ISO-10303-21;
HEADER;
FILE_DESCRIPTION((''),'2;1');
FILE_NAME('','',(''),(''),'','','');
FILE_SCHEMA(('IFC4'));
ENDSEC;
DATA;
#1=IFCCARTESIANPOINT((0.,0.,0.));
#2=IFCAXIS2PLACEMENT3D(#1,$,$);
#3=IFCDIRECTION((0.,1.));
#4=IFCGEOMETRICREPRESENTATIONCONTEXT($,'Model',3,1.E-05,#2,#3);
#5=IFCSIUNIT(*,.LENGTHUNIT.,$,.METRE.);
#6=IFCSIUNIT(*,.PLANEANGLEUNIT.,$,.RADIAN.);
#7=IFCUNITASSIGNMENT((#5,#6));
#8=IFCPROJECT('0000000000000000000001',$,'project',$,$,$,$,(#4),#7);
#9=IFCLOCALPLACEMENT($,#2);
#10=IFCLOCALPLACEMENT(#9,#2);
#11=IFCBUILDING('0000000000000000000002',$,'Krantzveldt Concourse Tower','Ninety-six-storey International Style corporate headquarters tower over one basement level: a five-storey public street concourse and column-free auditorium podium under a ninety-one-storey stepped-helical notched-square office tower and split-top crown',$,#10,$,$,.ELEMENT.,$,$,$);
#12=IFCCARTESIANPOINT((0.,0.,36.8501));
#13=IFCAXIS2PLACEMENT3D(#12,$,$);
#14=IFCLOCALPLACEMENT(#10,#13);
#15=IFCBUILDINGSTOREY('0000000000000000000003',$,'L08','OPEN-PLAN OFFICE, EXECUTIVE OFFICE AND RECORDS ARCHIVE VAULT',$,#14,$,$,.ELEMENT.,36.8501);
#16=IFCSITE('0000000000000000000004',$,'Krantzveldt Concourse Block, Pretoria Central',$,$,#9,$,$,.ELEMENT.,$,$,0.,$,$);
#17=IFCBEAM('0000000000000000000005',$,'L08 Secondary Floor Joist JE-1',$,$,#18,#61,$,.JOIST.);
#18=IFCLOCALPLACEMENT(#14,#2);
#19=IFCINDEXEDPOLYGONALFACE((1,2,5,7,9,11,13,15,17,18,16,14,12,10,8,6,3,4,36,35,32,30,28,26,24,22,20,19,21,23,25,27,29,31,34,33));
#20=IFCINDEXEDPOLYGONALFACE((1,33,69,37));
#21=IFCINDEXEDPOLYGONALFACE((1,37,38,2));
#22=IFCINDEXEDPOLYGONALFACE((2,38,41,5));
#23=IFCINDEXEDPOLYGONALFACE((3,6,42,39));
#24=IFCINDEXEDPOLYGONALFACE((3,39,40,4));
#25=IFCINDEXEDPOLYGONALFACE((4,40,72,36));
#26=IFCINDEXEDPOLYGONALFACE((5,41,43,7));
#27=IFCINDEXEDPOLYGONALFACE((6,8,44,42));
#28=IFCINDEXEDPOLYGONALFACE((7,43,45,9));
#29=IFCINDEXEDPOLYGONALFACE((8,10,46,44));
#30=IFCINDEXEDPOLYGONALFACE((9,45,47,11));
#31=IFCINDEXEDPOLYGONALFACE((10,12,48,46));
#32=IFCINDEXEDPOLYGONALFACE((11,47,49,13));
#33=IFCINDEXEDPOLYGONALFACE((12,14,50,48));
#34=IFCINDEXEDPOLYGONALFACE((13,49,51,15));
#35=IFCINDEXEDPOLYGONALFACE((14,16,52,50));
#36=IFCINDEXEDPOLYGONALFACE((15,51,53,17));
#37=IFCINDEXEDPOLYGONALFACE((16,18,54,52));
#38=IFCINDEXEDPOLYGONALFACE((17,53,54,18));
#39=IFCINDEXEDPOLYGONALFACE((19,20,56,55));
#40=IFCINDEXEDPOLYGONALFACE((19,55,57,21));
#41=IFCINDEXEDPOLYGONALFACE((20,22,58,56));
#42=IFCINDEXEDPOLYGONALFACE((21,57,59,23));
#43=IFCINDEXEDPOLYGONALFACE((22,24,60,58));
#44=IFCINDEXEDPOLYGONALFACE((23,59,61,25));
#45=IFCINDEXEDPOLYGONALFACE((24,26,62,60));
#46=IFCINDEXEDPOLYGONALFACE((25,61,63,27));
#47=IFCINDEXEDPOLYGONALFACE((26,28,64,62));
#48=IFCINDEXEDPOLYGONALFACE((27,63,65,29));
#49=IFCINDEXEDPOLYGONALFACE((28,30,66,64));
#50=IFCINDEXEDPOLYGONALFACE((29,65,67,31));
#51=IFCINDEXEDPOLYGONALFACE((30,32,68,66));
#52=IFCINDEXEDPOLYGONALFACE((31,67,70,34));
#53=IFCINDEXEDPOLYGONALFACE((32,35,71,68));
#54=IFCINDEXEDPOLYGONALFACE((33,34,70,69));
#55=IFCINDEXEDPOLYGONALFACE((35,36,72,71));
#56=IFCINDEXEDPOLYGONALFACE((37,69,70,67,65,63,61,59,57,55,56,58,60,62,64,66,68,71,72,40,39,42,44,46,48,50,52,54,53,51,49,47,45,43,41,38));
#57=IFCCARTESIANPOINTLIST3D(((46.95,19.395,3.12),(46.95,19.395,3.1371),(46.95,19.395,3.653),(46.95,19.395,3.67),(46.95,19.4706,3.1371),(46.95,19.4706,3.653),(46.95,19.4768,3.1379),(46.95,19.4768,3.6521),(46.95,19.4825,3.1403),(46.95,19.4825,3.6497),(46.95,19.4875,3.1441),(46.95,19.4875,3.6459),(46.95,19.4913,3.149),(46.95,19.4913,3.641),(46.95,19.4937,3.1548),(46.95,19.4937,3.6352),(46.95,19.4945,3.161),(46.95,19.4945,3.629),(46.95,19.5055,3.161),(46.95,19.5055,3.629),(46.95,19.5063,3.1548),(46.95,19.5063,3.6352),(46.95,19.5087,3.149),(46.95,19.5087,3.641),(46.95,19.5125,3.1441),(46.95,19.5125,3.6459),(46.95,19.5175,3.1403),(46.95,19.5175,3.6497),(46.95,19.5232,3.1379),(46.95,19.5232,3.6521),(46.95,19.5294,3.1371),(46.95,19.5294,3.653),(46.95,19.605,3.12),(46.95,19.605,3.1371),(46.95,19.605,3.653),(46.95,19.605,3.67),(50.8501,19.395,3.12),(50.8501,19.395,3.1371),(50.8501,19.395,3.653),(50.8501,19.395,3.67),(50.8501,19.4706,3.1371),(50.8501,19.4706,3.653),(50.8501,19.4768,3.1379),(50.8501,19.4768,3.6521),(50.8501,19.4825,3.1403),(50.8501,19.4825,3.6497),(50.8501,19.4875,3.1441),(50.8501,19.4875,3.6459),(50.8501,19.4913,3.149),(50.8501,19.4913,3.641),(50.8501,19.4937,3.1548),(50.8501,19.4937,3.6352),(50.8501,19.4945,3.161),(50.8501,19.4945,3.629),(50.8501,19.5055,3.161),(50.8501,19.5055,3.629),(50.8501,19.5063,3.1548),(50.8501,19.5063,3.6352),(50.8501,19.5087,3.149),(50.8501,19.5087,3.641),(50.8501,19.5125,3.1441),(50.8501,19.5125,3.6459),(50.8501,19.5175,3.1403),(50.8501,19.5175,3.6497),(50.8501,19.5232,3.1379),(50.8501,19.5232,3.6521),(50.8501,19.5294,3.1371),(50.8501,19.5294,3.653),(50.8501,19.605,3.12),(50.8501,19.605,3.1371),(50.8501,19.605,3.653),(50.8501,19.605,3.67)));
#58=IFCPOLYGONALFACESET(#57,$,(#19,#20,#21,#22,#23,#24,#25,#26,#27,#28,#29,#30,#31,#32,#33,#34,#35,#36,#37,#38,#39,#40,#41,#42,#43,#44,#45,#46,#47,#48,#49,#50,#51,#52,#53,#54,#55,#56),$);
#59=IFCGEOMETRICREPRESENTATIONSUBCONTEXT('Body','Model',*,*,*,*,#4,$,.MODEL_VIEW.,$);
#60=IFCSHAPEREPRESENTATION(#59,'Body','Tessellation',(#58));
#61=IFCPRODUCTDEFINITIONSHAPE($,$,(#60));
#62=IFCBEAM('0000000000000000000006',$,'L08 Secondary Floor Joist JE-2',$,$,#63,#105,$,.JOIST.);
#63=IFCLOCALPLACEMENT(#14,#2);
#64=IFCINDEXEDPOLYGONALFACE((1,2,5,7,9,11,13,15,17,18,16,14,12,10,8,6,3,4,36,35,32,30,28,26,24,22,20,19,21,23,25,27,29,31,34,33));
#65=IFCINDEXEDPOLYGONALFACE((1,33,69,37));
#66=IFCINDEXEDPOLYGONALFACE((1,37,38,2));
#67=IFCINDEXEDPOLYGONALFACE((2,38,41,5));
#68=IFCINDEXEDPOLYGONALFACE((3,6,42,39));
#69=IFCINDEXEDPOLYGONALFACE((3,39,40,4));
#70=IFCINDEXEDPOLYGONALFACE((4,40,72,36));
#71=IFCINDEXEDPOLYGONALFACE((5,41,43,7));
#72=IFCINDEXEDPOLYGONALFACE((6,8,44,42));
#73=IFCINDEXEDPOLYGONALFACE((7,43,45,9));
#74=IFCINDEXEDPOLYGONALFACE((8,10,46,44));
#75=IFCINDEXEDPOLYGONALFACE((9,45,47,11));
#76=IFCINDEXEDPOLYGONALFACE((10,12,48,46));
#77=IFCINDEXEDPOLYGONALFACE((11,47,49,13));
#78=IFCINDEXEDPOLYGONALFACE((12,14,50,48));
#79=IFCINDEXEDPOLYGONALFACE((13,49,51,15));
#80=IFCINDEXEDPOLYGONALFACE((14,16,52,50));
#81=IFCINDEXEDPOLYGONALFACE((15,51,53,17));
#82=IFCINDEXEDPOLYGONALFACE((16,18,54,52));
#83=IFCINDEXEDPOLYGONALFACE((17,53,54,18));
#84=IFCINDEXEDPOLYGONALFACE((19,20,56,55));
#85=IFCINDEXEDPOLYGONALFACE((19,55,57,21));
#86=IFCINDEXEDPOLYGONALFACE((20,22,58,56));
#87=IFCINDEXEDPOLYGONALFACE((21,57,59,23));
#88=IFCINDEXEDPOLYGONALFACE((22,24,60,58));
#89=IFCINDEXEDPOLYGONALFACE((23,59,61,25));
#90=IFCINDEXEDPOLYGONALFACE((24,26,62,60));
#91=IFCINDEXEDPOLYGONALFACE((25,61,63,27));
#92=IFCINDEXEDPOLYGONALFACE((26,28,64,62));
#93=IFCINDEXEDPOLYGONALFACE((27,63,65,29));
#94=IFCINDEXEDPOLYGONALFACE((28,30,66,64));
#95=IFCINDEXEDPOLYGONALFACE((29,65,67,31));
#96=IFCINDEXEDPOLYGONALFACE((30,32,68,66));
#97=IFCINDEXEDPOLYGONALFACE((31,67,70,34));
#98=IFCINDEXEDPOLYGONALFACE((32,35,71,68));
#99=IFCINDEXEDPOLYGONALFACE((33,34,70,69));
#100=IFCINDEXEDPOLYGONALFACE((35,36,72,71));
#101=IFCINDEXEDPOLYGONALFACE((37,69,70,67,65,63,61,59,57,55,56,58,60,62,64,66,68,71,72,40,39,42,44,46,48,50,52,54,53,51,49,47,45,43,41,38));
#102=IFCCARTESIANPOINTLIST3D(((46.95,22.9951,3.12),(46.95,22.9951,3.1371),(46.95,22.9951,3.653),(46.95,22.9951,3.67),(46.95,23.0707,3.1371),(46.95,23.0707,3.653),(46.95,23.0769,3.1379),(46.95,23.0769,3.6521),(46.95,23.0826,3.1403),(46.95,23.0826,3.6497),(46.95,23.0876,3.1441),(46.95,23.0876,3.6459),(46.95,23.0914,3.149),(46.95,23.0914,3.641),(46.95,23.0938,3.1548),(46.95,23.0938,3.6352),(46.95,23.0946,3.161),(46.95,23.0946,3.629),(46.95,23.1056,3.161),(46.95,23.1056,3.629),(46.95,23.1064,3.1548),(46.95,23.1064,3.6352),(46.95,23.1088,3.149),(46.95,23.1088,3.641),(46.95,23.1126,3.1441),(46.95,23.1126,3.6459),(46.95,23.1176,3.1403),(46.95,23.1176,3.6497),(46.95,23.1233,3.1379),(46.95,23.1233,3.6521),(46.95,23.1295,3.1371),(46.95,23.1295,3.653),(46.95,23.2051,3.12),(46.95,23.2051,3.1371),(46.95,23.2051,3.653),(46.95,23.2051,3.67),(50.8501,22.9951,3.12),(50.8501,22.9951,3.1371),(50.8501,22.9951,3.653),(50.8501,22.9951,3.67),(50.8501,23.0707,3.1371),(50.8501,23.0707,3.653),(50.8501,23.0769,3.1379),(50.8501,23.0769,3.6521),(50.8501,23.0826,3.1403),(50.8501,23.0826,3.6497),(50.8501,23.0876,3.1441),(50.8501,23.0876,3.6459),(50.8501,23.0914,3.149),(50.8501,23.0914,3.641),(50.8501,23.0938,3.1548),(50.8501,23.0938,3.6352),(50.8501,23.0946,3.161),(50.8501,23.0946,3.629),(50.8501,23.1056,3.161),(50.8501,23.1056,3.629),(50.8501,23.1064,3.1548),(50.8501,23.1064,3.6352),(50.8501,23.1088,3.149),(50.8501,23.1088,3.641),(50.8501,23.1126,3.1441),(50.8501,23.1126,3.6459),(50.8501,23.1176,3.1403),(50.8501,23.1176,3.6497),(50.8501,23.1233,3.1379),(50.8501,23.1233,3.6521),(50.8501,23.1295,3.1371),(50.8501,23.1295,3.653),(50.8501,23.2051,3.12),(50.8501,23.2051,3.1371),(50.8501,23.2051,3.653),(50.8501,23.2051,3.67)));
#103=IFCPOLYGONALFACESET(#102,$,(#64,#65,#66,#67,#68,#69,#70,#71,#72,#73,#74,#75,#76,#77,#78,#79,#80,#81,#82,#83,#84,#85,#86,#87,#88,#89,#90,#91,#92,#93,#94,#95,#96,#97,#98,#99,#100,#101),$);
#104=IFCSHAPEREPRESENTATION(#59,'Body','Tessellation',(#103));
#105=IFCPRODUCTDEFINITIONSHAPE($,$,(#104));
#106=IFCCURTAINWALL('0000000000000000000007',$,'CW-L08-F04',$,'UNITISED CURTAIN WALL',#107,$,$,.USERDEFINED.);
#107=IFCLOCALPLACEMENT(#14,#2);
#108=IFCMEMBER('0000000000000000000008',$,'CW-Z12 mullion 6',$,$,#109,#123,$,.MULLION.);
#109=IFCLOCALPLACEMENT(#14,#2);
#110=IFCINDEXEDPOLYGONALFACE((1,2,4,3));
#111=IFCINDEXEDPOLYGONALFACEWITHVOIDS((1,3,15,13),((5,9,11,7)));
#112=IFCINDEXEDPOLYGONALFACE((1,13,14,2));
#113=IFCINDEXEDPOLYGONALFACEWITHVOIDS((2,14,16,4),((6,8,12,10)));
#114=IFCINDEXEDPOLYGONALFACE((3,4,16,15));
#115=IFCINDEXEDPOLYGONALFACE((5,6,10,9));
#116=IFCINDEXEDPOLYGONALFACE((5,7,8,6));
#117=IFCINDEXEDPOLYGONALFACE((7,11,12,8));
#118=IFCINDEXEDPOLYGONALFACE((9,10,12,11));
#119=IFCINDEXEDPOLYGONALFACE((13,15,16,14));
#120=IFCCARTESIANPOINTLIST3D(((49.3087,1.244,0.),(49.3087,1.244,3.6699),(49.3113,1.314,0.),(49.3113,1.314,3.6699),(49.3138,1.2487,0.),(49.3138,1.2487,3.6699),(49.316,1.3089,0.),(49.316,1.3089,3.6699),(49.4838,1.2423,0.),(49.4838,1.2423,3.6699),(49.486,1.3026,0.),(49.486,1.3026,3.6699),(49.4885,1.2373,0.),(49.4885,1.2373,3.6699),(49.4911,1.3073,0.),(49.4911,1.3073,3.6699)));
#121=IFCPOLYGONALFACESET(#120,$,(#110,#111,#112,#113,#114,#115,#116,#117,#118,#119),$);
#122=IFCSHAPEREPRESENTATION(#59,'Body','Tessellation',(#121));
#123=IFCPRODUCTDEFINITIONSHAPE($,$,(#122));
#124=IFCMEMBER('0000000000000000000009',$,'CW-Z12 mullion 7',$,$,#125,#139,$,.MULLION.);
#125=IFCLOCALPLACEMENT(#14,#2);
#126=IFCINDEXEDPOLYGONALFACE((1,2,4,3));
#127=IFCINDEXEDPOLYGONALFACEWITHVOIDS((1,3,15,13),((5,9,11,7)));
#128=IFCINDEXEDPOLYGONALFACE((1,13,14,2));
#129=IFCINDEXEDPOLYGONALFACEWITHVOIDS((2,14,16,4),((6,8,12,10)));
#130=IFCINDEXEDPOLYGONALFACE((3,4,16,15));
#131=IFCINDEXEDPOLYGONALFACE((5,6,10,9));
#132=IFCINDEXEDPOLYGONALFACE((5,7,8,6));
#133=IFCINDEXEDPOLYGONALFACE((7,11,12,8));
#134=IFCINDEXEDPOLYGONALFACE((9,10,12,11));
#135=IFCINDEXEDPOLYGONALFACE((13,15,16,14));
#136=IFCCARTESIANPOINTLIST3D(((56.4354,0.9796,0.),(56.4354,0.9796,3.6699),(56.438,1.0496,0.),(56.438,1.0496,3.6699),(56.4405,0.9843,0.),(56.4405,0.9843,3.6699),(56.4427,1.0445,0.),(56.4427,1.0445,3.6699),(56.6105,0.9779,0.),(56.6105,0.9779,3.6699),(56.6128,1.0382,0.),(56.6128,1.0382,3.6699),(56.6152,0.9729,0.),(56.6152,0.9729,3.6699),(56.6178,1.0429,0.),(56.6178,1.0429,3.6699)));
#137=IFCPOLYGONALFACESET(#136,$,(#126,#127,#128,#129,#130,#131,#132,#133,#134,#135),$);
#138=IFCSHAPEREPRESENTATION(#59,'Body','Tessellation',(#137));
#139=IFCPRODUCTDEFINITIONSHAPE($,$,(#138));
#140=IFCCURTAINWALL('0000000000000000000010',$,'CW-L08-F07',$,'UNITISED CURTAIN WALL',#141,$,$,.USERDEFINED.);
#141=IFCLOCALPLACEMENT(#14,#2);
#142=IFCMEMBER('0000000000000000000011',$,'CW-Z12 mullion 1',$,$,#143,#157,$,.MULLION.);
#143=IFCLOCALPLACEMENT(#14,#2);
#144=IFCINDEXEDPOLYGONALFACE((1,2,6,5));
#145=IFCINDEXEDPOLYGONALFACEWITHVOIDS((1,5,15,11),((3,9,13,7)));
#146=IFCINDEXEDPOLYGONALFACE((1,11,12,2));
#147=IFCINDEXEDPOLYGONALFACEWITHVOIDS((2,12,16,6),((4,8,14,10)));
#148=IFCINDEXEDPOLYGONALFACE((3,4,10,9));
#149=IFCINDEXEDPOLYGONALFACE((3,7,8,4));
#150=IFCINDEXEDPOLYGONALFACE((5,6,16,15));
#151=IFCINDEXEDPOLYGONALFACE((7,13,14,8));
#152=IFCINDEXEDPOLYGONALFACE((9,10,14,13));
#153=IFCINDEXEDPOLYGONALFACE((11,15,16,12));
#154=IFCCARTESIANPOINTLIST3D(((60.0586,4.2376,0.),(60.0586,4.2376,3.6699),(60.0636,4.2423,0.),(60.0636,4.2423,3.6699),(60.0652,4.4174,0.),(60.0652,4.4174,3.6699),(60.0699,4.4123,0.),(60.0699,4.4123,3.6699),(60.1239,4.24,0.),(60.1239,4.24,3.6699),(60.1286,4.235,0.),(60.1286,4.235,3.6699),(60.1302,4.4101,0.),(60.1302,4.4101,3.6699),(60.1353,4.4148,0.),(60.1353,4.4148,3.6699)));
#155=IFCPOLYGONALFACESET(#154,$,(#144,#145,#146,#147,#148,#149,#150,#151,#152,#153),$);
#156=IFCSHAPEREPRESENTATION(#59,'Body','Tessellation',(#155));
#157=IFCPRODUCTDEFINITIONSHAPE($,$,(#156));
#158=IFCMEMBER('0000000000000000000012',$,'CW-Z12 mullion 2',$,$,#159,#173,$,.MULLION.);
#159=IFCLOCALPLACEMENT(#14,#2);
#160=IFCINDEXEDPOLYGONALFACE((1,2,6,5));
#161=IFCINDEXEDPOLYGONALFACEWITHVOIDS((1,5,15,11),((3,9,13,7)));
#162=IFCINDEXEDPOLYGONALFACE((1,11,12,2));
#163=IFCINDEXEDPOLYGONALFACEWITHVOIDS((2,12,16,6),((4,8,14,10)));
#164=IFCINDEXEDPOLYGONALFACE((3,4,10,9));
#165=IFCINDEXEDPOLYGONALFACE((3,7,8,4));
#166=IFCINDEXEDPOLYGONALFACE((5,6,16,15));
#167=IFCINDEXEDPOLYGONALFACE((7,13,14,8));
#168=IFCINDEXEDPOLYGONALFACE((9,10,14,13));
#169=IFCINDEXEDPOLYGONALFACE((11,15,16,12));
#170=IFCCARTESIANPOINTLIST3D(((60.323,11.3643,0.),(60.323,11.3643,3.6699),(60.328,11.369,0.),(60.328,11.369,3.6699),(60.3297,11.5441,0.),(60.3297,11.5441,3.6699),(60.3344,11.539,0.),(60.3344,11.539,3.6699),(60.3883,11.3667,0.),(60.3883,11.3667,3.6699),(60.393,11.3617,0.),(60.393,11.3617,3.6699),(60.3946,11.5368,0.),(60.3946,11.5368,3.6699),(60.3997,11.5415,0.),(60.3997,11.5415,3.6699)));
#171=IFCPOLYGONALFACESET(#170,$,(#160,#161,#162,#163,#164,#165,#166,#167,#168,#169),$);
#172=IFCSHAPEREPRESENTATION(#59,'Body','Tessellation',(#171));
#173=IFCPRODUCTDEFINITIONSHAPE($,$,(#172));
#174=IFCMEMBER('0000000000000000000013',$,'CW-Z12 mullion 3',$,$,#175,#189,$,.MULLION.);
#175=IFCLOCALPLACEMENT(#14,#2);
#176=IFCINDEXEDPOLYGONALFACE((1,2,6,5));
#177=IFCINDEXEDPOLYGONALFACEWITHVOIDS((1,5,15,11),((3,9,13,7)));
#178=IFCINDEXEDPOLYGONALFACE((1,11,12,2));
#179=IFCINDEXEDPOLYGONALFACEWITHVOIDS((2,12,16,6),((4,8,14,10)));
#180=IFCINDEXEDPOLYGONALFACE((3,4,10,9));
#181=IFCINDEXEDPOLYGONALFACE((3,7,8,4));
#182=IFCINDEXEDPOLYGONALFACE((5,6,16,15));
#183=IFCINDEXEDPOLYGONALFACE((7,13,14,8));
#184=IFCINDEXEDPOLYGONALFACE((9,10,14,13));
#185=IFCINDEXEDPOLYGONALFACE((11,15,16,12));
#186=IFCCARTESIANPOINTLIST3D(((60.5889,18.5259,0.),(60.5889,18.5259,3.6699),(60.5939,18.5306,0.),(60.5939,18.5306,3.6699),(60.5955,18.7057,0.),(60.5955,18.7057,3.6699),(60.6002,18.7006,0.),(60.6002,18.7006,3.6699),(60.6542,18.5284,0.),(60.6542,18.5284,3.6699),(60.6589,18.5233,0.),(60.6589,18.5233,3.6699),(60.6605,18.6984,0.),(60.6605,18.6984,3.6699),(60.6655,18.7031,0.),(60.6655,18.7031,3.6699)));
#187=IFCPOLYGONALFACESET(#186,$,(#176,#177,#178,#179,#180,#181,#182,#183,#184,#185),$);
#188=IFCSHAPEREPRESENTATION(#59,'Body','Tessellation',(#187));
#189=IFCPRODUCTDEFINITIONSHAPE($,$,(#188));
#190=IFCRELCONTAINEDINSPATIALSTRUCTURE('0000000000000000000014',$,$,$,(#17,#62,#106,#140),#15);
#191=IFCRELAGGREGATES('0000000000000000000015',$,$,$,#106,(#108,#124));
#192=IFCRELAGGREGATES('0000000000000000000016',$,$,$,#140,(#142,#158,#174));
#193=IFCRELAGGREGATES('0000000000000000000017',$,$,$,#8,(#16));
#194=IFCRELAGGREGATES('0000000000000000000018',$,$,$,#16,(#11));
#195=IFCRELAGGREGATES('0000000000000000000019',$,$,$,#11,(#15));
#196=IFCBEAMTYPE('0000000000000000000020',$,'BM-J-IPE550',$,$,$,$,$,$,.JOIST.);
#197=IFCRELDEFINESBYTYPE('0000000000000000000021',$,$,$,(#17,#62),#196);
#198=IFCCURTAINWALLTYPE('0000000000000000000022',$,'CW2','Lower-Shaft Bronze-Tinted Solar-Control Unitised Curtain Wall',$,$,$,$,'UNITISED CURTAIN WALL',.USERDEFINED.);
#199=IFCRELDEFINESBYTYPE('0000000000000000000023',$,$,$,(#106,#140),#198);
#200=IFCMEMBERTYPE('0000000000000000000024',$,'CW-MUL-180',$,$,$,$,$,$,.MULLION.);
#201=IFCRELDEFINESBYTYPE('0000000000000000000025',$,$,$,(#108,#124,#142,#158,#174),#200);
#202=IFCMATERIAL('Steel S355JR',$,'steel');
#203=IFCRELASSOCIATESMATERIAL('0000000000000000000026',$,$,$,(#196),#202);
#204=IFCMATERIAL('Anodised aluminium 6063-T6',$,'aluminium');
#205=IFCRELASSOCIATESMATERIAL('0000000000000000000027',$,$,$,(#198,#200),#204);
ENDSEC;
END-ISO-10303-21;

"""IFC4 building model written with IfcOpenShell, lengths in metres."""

from ifc_helpers import new_model, si_unit, direction, frame, origin, origin_2d, place, context, subcontext, project, spatial, hollow_rectangle, i_section, extrude, source, transform, mapped, material, material_profile, profile_set, type_object, type_shapes, element, aggregate, save


model = new_model("IFC4")

# Units and contexts
model_context = context("Model", 3, precision=1e-05, world=origin(), true_north=direction((0.0, 1.0)))
body_context = subcontext(model_context, "Body", "Model", "MODEL_VIEW")
ifc_project = project(units=[si_unit("LENGTHUNIT", "METRE"), si_unit("PLANEANGLEUNIT", "RADIAN")], contexts=[model_context])

# Site, building, storey
site_placement = place(None, origin())
site = spatial("IfcSite", under=ifc_project, at=site_placement, Name="Krantzveldt Concourse Block, Pretoria Central", CompositionType="ELEMENT", RefElevation=0.0)
building_placement = place(site_placement, origin())
building = spatial("IfcBuilding", under=site, at=building_placement, Name="Krantzveldt Concourse Tower", Description="Ninety-six-storey International Style corporate headquarters tower over one basement level: a five-storey public street concourse and column-free auditorium podium under a ninety-one-storey stepped-helical notched-square office tower and split-top crown", CompositionType="ELEMENT")
storey_placement = place(building_placement, frame((0.0, 0.0, 36.8501)))
storey = spatial("IfcBuildingStorey", under=building, at=storey_placement, Name="L08", Description="OPEN-PLAN OFFICE, EXECUTIVE OFFICE AND RECORDS ARCHIVE VAULT", CompositionType="ELEMENT", Elevation=36.8501)

# Beams
ifc_material_1 = material(Name="Steel S355JR", Category="steel")
ifc_material_profile_1 = material_profile(ifc_material_1, i_section(OverallWidth=0.21, OverallDepth=0.55, WebThickness=0.011, FlangeThickness=0.0171, FilletRadius=0.0239, at=origin_2d()), Name="Steel S355JR", Category="steel")
ifc_profile_set_1 = profile_set([ifc_material_profile_1], Name="Steel S355JR - IPE 550")
beam_type_1 = type_object("IfcBeamType", Name="BM-J-IPE550", PredefinedType="JOIST", material=ifc_profile_set_1)
shared_shape_1 = source(origin(), body_context, "Body", "SweptSolid", [
    extrude(i_section(OverallWidth=0.21, OverallDepth=0.55, WebThickness=0.011, FlangeThickness=0.0171, FilletRadius=0.0239, at=origin_2d()), origin(), (0.0, 0.0, 1.0), 3.9001),
])
type_shapes(beam_type_1, [shared_shape_1])
for number, where, z_axis, x_axis, name in (
    (1, (46.95, 19.5, 3.395), (1.0, 0.0, 0.0), (0.0, 1.0, 0.0), "L08 Secondary Floor Joist JE-1"),
    (2, (46.95, 23.1001, 3.395), (1.0, 0.0, 0.0), (0.0, 1.0, 0.0), "L08 Secondary Floor Joist JE-2"),
):
    element("IfcBeam", number, at=place(storey_placement, frame(where, z_axis=z_axis, x_axis=x_axis)), inside=storey, type_object=beam_type_1, Name=name, PredefinedType="JOIST", context=body_context, shape_type="MappedRepresentation", body=[
        mapped(shared_shape_1, transform((0.0, 0.0, 0.0), x_axis=(1.0, 0.0, 0.0), y_axis=(0.0, 1.0, 0.0), z_axis=(0.0, 0.0, 1.0), scale=1.0)),
    ])

# Curtain walls, members
ifc_material_2 = material(Name="Anodised aluminium 6063-T6", Category="aluminium")
curtain_wall_type = type_object("IfcCurtainWallType", Name="CW2", Description="Lower-Shaft Bronze-Tinted Solar-Control Unitised Curtain Wall", ElementType="UNITISED CURTAIN WALL", PredefinedType="USERDEFINED", material=ifc_material_2)
curtain_wall_1_placement = place(storey_placement, origin())
curtain_wall_1 = element("IfcCurtainWall", 3, at=curtain_wall_1_placement, inside=storey, type_object=curtain_wall_type, Name="CW-L08-F04", ObjectType="UNITISED CURTAIN WALL", PredefinedType="USERDEFINED")
ifc_material_profile_2 = material_profile(ifc_material_2, hollow_rectangle(XDim=0.0701, YDim=0.1799, WallThickness=0.0049, at=origin_2d()), Name="Anodised aluminium 6063-T6", Category="aluminium")
ifc_profile_set_2 = profile_set([ifc_material_profile_2], Name="Anodised aluminium 6063-T6 - ALU-MULL 180x70x5")
member_type_1 = type_object("IfcMemberType", Name="CW-MUL-180", PredefinedType="MULLION", material=ifc_profile_set_2)
shared_shape_2 = source(origin(), body_context, "Body", "SweptSolid", [
    extrude(hollow_rectangle(XDim=0.0701, YDim=0.1799, WallThickness=0.0049, at=origin_2d()), origin(), (0.0, 0.0, 1.0), 3.6699),
])
type_shapes(member_type_1, [shared_shape_2])
member_1_placement = place(storey_placement, frame((49.3999, 1.2756, 0.0), z_axis=(0.0, 0.0, 1.0), x_axis=(0.03708, 0.999312, 0.0)))
member_1 = element("IfcMember", 4, at=member_1_placement, type_object=member_type_1, Name="CW-Z12 mullion 6", PredefinedType="MULLION", context=body_context, shape_type="MappedRepresentation", body=[
    mapped(shared_shape_2, transform((0.0, 0.0, 0.0), x_axis=(1.0, 0.0, 0.0), y_axis=(0.0, 1.0, 0.0), z_axis=(0.0, 0.0, 1.0), scale=1.0)),
])
member_2_placement = place(storey_placement, frame((56.5266, 1.0112, 0.0), z_axis=(0.0, 0.0, 1.0), x_axis=(0.03708, 0.999312, 0.0)))
member_2 = element("IfcMember", 5, at=member_2_placement, type_object=member_type_1, Name="CW-Z12 mullion 7", PredefinedType="MULLION", context=body_context, shape_type="MappedRepresentation", body=[
    mapped(shared_shape_2, transform((0.0, 0.0, 0.0), x_axis=(1.0, 0.0, 0.0), y_axis=(0.0, 1.0, 0.0), z_axis=(0.0, 0.0, 1.0), scale=1.0)),
])
curtain_wall_2_placement = place(storey_placement, origin())
curtain_wall_2 = element("IfcCurtainWall", 6, at=curtain_wall_2_placement, inside=storey, type_object=curtain_wall_type, Name="CW-L08-F07", ObjectType="UNITISED CURTAIN WALL", PredefinedType="USERDEFINED")
member_3_placement = place(storey_placement, frame((60.0969, 4.3262, 0.0), z_axis=(0.0, 0.0, 1.0), x_axis=(-0.999312, 0.03708, 0.0)))
member_3 = element("IfcMember", 7, at=member_3_placement, type_object=member_type_1, Name="CW-Z12 mullion 1", PredefinedType="MULLION", context=body_context, shape_type="MappedRepresentation", body=[
    mapped(shared_shape_2, transform((0.0, 0.0, 0.0), x_axis=(1.0, 0.0, 0.0), y_axis=(0.0, 1.0, 0.0), z_axis=(0.0, 0.0, 1.0), scale=1.0)),
])
member_4_placement = place(storey_placement, frame((60.3613, 11.4529, 0.0), z_axis=(0.0, 0.0, 1.0), x_axis=(-0.999312, 0.03708, 0.0)))
member_4 = element("IfcMember", 8, at=member_4_placement, type_object=member_type_1, Name="CW-Z12 mullion 2", PredefinedType="MULLION", context=body_context, shape_type="MappedRepresentation", body=[
    mapped(shared_shape_2, transform((0.0, 0.0, 0.0), x_axis=(1.0, 0.0, 0.0), y_axis=(0.0, 1.0, 0.0), z_axis=(0.0, 0.0, 1.0), scale=1.0)),
])
member_5_placement = place(storey_placement, frame((60.6272, 18.6145, 0.0), z_axis=(0.0, 0.0, 1.0), x_axis=(-0.999312, 0.03708, 0.0)))
member_5 = element("IfcMember", 9, at=member_5_placement, type_object=member_type_1, Name="CW-Z12 mullion 3", PredefinedType="MULLION", context=body_context, shape_type="MappedRepresentation", body=[
    mapped(shared_shape_2, transform((0.0, 0.0, 0.0), x_axis=(1.0, 0.0, 0.0), y_axis=(0.0, 1.0, 0.0), z_axis=(0.0, 0.0, 1.0), scale=1.0)),
])

aggregate(curtain_wall_1, [member_1, member_2])
aggregate(curtain_wall_2, [member_3, member_4, member_5])

save(model, "model.ifc")
